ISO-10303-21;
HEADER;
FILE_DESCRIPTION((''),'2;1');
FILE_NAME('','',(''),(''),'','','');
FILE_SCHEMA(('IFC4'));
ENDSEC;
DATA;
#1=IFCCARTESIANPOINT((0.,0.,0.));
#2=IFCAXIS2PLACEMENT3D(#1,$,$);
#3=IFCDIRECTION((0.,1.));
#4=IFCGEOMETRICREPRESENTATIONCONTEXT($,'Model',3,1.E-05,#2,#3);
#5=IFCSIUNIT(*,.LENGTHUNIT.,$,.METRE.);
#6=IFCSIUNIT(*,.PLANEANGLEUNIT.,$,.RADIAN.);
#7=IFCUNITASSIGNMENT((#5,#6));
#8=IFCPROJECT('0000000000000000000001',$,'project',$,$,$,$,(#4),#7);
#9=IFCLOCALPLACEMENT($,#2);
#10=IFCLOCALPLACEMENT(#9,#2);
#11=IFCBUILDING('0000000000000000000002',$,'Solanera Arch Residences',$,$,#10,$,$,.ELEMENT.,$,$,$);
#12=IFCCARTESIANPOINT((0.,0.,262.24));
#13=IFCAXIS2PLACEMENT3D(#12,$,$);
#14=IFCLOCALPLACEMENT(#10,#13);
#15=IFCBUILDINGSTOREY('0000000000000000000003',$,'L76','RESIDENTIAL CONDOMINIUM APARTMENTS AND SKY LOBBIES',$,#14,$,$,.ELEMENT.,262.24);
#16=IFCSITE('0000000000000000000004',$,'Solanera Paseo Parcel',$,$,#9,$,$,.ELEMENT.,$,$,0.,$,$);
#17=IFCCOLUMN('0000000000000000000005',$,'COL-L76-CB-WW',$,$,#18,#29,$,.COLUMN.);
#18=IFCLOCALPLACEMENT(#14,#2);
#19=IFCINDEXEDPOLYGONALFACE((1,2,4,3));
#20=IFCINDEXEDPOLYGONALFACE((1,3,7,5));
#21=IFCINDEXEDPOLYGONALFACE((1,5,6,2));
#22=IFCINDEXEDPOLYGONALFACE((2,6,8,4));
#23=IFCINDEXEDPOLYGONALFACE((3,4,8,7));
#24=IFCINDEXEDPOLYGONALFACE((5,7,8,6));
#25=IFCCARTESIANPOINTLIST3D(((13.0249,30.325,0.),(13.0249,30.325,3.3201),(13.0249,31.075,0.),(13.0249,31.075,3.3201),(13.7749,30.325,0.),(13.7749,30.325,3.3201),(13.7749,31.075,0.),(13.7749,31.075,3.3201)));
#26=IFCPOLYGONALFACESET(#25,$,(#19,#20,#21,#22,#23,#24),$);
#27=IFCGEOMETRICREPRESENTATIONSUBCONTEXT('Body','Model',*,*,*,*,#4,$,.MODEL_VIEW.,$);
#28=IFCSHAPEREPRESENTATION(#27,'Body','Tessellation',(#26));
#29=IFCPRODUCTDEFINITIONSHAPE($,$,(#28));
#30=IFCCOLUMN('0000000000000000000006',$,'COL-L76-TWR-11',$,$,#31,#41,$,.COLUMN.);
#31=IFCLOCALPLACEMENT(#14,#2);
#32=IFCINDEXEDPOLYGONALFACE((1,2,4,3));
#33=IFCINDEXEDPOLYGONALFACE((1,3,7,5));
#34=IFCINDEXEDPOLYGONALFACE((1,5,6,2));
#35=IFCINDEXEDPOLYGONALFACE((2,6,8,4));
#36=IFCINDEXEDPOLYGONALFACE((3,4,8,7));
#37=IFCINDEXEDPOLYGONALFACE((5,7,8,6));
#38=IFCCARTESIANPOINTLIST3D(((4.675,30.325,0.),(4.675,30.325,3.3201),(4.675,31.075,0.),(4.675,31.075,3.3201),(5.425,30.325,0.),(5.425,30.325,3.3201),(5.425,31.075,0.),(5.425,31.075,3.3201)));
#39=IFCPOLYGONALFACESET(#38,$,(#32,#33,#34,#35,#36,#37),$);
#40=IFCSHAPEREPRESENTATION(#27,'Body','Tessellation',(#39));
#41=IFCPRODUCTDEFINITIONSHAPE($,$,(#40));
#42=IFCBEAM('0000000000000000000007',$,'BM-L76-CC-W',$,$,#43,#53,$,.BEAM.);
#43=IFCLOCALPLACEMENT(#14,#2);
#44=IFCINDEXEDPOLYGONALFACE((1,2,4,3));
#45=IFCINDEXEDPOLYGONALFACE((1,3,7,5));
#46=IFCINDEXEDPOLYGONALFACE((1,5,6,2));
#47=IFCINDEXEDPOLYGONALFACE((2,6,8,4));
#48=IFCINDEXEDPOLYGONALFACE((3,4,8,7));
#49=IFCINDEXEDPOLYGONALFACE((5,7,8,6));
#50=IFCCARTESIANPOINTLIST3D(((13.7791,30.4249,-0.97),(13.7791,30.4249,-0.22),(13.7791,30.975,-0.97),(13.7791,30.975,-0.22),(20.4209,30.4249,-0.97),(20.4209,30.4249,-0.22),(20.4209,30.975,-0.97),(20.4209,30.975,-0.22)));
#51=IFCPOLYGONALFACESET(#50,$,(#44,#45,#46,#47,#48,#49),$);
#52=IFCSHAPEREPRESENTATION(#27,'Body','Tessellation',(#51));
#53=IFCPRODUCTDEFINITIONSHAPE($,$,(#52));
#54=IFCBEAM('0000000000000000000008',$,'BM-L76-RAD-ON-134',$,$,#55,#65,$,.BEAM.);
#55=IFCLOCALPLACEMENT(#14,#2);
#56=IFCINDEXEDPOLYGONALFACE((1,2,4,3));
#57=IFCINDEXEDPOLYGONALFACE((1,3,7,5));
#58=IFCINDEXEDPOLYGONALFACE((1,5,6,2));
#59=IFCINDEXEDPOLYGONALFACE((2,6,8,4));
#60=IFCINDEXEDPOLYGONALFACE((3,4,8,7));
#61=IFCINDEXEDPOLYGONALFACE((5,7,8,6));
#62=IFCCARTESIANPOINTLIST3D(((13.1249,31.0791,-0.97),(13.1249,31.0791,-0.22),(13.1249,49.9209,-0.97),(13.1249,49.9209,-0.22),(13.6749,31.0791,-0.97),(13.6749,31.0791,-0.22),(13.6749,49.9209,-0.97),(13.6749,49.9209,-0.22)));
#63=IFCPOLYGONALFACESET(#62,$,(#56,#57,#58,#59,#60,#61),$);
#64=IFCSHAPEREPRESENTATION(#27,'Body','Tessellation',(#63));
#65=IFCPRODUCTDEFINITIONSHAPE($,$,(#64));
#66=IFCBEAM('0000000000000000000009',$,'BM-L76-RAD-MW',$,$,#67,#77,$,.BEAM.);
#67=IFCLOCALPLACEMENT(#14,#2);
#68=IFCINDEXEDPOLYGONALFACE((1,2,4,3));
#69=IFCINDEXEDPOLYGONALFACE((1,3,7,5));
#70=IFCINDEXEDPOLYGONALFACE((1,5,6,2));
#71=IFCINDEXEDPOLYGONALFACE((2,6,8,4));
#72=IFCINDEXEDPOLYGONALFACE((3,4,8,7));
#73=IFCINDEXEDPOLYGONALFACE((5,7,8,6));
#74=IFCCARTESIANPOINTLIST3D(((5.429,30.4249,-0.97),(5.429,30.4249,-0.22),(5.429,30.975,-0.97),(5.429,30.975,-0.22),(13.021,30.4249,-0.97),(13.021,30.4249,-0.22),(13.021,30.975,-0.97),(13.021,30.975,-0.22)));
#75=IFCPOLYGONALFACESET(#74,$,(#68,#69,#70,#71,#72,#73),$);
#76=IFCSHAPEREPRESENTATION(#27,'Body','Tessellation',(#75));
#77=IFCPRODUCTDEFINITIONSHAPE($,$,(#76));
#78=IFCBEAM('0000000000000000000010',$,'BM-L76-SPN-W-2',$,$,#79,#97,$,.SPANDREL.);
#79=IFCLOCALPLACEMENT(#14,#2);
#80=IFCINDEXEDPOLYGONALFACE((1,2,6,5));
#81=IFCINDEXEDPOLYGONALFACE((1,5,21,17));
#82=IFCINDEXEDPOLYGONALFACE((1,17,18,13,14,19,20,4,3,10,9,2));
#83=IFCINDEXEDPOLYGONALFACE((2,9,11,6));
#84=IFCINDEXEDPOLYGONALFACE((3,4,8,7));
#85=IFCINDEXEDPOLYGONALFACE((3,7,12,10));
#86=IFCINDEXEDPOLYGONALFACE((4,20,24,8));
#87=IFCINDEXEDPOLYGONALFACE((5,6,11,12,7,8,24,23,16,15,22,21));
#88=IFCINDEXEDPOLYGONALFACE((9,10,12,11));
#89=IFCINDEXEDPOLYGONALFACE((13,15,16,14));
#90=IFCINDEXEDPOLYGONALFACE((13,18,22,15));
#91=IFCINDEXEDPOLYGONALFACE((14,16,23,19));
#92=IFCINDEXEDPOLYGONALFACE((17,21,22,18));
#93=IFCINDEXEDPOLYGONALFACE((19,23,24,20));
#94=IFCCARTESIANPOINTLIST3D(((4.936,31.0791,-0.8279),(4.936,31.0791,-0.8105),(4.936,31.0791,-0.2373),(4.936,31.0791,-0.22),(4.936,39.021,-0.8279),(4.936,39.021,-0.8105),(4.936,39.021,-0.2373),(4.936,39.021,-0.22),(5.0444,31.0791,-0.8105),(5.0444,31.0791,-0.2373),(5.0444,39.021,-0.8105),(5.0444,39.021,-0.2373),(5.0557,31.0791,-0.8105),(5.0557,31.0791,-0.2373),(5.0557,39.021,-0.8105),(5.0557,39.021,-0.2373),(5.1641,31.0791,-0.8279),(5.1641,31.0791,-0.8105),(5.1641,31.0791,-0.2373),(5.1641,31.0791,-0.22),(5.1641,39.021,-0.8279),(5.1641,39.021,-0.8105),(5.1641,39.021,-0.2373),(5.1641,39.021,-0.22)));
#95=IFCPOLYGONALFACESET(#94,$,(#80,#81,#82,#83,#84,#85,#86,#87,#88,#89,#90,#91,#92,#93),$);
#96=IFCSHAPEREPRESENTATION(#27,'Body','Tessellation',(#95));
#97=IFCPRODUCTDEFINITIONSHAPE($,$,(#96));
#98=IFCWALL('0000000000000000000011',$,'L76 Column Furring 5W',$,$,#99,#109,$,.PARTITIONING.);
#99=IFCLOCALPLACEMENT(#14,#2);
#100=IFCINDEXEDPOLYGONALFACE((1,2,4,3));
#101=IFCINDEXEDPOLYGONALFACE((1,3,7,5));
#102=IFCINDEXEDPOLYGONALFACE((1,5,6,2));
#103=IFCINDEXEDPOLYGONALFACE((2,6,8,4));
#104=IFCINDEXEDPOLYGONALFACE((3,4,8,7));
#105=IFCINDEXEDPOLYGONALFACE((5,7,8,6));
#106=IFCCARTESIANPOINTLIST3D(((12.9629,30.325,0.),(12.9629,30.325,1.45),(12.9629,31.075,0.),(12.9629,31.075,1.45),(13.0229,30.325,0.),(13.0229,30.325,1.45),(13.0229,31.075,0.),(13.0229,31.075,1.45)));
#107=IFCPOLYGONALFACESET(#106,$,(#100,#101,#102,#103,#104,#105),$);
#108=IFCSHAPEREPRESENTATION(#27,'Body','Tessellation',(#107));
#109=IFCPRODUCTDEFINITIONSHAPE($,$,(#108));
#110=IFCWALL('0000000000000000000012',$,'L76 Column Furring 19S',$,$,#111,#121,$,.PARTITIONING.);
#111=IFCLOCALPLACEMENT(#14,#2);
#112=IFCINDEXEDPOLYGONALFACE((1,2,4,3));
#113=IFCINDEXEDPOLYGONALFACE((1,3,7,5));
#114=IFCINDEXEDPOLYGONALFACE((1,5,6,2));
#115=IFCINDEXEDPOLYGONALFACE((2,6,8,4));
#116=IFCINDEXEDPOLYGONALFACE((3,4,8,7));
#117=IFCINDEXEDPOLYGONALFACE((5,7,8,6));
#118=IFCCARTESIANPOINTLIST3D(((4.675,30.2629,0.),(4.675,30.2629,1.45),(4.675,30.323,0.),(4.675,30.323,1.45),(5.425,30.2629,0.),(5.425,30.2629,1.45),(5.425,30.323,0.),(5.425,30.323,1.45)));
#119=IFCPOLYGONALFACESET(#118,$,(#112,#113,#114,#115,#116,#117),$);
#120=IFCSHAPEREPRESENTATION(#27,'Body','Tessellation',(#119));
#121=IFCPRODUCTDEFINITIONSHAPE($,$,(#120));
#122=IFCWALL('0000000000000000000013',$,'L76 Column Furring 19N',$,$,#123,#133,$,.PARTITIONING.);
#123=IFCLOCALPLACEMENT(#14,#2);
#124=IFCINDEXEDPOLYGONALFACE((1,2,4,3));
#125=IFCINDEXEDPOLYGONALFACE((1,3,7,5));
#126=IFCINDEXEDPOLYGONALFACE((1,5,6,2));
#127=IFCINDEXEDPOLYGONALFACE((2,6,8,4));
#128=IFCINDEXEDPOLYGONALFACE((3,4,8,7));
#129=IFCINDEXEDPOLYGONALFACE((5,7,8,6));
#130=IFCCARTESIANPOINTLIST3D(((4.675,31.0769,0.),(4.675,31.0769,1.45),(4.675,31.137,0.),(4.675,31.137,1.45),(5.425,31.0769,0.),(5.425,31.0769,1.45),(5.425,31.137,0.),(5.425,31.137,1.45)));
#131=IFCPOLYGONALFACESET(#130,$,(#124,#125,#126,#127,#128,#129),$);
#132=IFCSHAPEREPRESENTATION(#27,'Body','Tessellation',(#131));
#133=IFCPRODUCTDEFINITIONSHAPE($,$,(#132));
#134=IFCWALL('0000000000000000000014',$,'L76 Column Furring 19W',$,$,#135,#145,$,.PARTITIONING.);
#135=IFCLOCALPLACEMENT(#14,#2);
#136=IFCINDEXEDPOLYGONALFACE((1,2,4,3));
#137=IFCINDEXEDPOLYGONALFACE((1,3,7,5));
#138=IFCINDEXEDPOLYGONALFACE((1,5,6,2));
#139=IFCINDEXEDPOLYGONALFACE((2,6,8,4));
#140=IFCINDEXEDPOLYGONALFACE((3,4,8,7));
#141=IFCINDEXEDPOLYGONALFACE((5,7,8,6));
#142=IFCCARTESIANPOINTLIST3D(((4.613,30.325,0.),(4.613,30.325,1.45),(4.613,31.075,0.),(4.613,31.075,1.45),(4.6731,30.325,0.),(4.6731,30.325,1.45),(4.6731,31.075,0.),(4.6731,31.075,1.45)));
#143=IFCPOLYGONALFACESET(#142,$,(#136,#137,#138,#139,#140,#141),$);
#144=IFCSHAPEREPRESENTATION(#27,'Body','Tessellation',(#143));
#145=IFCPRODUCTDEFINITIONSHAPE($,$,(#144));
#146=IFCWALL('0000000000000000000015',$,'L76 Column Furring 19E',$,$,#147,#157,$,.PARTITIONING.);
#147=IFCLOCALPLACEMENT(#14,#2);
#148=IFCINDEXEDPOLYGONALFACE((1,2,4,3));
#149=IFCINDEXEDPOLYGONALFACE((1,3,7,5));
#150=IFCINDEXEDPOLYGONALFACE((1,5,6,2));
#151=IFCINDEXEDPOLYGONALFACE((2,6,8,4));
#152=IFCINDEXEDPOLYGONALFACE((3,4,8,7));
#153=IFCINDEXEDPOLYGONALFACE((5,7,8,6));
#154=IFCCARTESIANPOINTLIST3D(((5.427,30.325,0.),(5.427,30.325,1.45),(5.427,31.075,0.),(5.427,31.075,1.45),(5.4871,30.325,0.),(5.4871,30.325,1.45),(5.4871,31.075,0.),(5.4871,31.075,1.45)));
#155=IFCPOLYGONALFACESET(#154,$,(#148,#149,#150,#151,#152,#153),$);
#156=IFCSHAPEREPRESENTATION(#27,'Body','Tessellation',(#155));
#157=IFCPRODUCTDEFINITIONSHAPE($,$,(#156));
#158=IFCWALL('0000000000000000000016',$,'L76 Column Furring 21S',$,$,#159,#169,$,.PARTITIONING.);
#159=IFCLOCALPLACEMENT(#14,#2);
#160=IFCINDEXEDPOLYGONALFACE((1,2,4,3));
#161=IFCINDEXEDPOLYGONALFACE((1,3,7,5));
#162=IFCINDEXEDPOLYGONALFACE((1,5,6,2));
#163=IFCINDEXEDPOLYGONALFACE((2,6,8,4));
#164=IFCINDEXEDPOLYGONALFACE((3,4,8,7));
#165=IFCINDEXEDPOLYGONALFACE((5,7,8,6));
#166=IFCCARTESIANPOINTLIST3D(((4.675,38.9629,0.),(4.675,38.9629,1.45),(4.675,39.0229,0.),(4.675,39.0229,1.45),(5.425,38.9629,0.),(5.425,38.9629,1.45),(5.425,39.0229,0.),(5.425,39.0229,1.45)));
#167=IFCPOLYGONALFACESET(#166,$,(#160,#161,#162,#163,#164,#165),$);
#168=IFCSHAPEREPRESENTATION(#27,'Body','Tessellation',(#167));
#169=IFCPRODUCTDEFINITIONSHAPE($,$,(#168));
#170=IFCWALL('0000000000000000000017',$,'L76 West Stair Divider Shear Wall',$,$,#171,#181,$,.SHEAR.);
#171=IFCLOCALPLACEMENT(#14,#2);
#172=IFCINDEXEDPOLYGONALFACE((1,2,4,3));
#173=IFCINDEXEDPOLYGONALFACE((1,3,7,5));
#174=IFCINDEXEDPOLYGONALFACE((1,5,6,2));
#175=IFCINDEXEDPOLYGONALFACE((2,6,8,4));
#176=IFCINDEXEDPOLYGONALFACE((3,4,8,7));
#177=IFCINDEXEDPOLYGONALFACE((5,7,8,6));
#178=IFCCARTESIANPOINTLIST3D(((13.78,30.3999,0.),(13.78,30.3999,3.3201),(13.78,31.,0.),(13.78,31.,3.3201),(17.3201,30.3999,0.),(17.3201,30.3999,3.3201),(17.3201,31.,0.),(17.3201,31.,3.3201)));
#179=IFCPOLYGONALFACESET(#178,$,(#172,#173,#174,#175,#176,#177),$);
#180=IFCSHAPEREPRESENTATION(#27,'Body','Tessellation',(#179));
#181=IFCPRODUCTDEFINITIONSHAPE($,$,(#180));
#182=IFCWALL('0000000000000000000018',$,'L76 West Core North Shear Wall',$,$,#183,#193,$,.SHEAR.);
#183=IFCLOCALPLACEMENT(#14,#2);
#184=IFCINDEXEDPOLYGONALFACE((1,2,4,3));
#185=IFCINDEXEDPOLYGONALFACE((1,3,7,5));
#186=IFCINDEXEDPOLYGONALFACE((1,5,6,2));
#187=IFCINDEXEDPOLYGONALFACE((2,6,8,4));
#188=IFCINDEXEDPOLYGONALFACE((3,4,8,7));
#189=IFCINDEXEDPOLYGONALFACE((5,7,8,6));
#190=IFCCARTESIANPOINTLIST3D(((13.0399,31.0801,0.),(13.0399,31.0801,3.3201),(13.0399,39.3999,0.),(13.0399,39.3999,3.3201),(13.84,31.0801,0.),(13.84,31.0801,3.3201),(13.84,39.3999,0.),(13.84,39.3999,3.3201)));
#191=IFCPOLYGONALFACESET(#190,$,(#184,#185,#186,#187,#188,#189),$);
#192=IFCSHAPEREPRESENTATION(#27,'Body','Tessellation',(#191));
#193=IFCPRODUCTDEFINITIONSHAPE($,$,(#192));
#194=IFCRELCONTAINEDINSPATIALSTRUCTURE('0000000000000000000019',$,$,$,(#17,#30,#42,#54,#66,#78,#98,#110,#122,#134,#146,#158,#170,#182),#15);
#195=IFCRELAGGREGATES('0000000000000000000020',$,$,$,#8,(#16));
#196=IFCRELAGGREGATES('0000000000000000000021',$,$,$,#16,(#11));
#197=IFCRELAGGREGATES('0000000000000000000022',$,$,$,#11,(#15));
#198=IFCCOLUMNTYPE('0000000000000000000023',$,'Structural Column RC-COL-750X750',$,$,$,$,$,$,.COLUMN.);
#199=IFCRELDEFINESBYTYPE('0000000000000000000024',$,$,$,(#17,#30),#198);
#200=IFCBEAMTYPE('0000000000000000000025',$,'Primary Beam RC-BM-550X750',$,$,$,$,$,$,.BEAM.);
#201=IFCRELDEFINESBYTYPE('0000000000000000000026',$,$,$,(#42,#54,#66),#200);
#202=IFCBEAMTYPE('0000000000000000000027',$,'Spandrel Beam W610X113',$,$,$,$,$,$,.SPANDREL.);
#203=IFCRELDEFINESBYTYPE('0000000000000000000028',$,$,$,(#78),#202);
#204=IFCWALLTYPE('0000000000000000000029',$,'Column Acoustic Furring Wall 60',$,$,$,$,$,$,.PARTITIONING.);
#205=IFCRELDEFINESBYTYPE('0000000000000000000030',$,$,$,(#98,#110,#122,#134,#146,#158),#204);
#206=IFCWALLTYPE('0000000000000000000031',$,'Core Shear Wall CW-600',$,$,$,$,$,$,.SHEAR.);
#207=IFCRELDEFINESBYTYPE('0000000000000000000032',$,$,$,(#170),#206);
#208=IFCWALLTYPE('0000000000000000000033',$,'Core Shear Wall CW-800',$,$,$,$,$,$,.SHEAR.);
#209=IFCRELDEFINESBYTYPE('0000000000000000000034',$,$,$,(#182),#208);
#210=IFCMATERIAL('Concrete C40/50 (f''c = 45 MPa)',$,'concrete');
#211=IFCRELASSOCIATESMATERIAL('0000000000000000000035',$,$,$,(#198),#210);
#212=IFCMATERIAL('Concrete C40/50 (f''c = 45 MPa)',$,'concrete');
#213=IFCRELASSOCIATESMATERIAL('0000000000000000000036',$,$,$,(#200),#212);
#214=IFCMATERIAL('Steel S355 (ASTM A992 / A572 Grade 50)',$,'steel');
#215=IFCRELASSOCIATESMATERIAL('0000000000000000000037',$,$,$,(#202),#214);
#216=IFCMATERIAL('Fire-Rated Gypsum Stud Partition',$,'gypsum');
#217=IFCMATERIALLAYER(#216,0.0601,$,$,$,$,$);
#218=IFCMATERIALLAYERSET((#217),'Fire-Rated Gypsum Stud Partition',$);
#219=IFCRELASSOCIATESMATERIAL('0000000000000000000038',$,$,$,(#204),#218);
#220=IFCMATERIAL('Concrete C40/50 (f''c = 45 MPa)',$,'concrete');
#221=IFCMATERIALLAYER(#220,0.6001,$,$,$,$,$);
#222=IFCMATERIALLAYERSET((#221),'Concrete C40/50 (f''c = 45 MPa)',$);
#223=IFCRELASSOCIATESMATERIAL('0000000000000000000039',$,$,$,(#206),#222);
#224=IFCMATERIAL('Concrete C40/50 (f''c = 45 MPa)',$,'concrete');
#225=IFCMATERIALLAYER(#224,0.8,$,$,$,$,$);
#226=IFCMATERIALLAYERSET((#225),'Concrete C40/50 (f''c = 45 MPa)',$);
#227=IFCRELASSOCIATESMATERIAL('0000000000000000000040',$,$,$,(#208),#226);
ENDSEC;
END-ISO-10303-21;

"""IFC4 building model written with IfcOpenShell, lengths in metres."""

from ifc_helpers import new_model, si_unit, direction, frame, frame_2d, origin, origin_2d, place, context, subcontext, project, spatial, rectangle, i_section, extrude, material, layer, layer_set, material_profile, profile_set, type_object, element, save


model = new_model("IFC4")

# Units and contexts
model_context = context("Model", 3, precision=1e-05, world=origin(), true_north=direction((0.0, 1.0)))
body_context = subcontext(model_context, "Body", "Model", "MODEL_VIEW")
ifc_project = project(units=[si_unit("LENGTHUNIT", "METRE"), si_unit("PLANEANGLEUNIT", "RADIAN")], contexts=[model_context])

# Site, building, storey
site_placement = place(None, origin())
site = spatial("IfcSite", under=ifc_project, at=site_placement, Name="Solanera Paseo Parcel", CompositionType="ELEMENT", RefElevation=0.0)
building_placement = place(site_placement, origin())
building = spatial("IfcBuilding", under=site, at=building_placement, Name="Solanera Arch Residences", CompositionType="ELEMENT")
storey_placement = place(building_placement, frame((0.0, 0.0, 262.24)))
storey = spatial("IfcBuildingStorey", under=building, at=storey_placement, Name="L76", Description="RESIDENTIAL CONDOMINIUM APARTMENTS AND SKY LOBBIES", CompositionType="ELEMENT", Elevation=262.24)

# Columns
ifc_material_1 = material(Name="Concrete C40/50 (f'c = 45 MPa)", Category="concrete")
ifc_material_profile_1 = material_profile(ifc_material_1, rectangle(XDim=0.75, YDim=0.75, at=origin_2d()))
ifc_profile_set_1 = profile_set([ifc_material_profile_1], Name="Concrete C40/50 (f'c = 45 MPa)")
column_type = type_object("IfcColumnType", Name="Structural Column RC-COL-750X750", PredefinedType="COLUMN", material=ifc_profile_set_1)
for number, where, z_axis, x_axis, name in (
    (1, (13.3999, 30.7, 0.0), (0.0, 0.0, 1.0), (1.0, 0.0, 0.0), "COL-L76-CB-WW"),
    (2, (5.05, 30.7, 0.0), (0.0, 0.0, 1.0), (1.0, 0.0, 0.0), "COL-L76-TWR-11"),
):
    element("IfcColumn", number, at=place(storey_placement, frame(where, z_axis=z_axis, x_axis=x_axis)), inside=storey, type_object=column_type, Name=name, PredefinedType="COLUMN", context=body_context, shape_type="SweptSolid", body=[
        extrude(rectangle(XDim=0.75, YDim=0.75, at=origin_2d()), origin(), (0.0, 0.0, 1.0), 3.3201),
    ])

# Beams
ifc_material_2 = material(Name="Concrete C40/50 (f'c = 45 MPa)", Category="concrete")
ifc_material_profile_2 = material_profile(ifc_material_2, rectangle(XDim=0.55, YDim=0.75, at=origin_2d()))
ifc_profile_set_2 = profile_set([ifc_material_profile_2], Name="Concrete C40/50 (f'c = 45 MPa)")
beam_type_1 = type_object("IfcBeamType", Name="Primary Beam RC-BM-550X750", PredefinedType="BEAM", material=ifc_profile_set_2)
beam_1_placement = place(storey_placement, frame((13.7791, 30.7, -0.595), z_axis=(1.0, 0.0, 0.0), x_axis=(0.0, 1.0, 0.0)))
element("IfcBeam", 3, at=beam_1_placement, inside=storey, type_object=beam_type_1, Name="BM-L76-CC-W", PredefinedType="BEAM", context=body_context, shape_type="SweptSolid", body=[
    extrude(rectangle(XDim=0.55, YDim=0.75, at=origin_2d()), origin(), (0.0, 0.0, 1.0), 6.6418),
])
beam_2_placement = place(storey_placement, frame((13.3999, 31.0791, -0.595), z_axis=(0.0, 1.0, 0.0), x_axis=(-1.0, 0.0, 0.0)))
element("IfcBeam", 4, at=beam_2_placement, inside=storey, type_object=beam_type_1, Name="BM-L76-RAD-ON-134", PredefinedType="BEAM", context=body_context, shape_type="SweptSolid", body=[
    extrude(rectangle(XDim=0.55, YDim=0.75, at=origin_2d()), origin(), (0.0, 0.0, 1.0), 18.8418),
])
beam_3_placement = place(storey_placement, frame((5.429, 30.7, -0.595), z_axis=(1.0, 0.0, 0.0), x_axis=(0.0, 1.0, 0.0)))
element("IfcBeam", 5, at=beam_3_placement, inside=storey, type_object=beam_type_1, Name="BM-L76-RAD-MW", PredefinedType="BEAM", context=body_context, shape_type="SweptSolid", body=[
    extrude(rectangle(XDim=0.55, YDim=0.75, at=origin_2d()), origin(), (0.0, 0.0, 1.0), 7.592),
])
ifc_material_3 = material(Name="Steel S355 (ASTM A992 / A572 Grade 50)", Category="steel")
ifc_material_profile_3 = material_profile(ifc_material_3, i_section(OverallWidth=0.228, OverallDepth=0.6079, WebThickness=0.0112, FlangeThickness=0.0173, at=origin_2d()))
ifc_profile_set_3 = profile_set([ifc_material_profile_3], Name="Steel S355 (ASTM A992 / A572 Grade 50)")
beam_type_2 = type_object("IfcBeamType", Name="Spandrel Beam W610X113", PredefinedType="SPANDREL", material=ifc_profile_set_3)
beam_4_placement = place(storey_placement, frame((5.05, 31.0791, -0.5239), z_axis=(0.0, 1.0, 0.0), x_axis=(-1.0, 0.0, 0.0)))
element("IfcBeam", 6, at=beam_4_placement, inside=storey, type_object=beam_type_2, Name="BM-L76-SPN-W-2", PredefinedType="SPANDREL", context=body_context, shape_type="SweptSolid", body=[
    extrude(i_section(OverallWidth=0.228, OverallDepth=0.6079, WebThickness=0.0112, FlangeThickness=0.0173, at=origin_2d()), origin(), (0.0, 0.0, 1.0), 7.9419),
])

# Walls
ifc_material_4 = material(Name="Fire-Rated Gypsum Stud Partition", Category="gypsum")
ifc_layer_1 = layer(ifc_material_4, 0.0601)
ifc_layer_set_1 = layer_set([ifc_layer_1], Name="Fire-Rated Gypsum Stud Partition")
wall_type_1 = type_object("IfcWallType", Name="Column Acoustic Furring Wall 60", PredefinedType="PARTITIONING", material=ifc_layer_set_1)
for number, where, z_axis, x_axis, name in (
    (7, (12.9929, 30.325, 0.0), (0.0, 0.0, 1.0), (0.0, 1.0, 0.0), "L76 Column Furring 5W"),
    (8, (4.675, 30.293, 0.0), (0.0, 0.0, 1.0), (1.0, 0.0, 0.0), "L76 Column Furring 19S"),
    (9, (4.675, 31.1069, 0.0), (0.0, 0.0, 1.0), (1.0, 0.0, 0.0), "L76 Column Furring 19N"),
    (10, (4.6431, 30.325, 0.0), (0.0, 0.0, 1.0), (0.0, 1.0, 0.0), "L76 Column Furring 19W"),
    (11, (5.457, 30.325, 0.0), (0.0, 0.0, 1.0), (0.0, 1.0, 0.0), "L76 Column Furring 19E"),
    (12, (4.675, 38.9929, 0.0), (0.0, 0.0, 1.0), (1.0, 0.0, 0.0), "L76 Column Furring 21S"),
):
    element("IfcWall", number, at=place(storey_placement, frame(where, z_axis=z_axis, x_axis=x_axis)), inside=storey, type_object=wall_type_1, Name=name, PredefinedType="PARTITIONING", context=body_context, shape_type="SweptSolid", body=[
        extrude(rectangle(XDim=0.75, YDim=0.0601, at=frame_2d((0.375, 0.0))), origin(), (0.0, 0.0, 1.0), 1.45),
    ])
ifc_material_5 = material(Name="Concrete C40/50 (f'c = 45 MPa)", Category="concrete")
ifc_layer_2 = layer(ifc_material_5, 0.6001)
ifc_layer_set_2 = layer_set([ifc_layer_2], Name="Concrete C40/50 (f'c = 45 MPa)")
wall_type_2 = type_object("IfcWallType", Name="Core Shear Wall CW-600", PredefinedType="SHEAR", material=ifc_layer_set_2)
wall_1_placement = place(storey_placement, frame((13.78, 30.7, 0.0), z_axis=(0.0, 0.0, 1.0), x_axis=(1.0, 0.0, 0.0)))
element("IfcWall", 13, at=wall_1_placement, inside=storey, type_object=wall_type_2, Name="L76 West Stair Divider Shear Wall", PredefinedType="SHEAR", context=body_context, shape_type="SweptSolid", body=[
    extrude(rectangle(XDim=3.54, YDim=0.6001, at=frame_2d((1.77, 0.0))), origin(), (0.0, 0.0, 1.0), 3.3201),
])
ifc_material_6 = material(Name="Concrete C40/50 (f'c = 45 MPa)", Category="concrete")
ifc_layer_3 = layer(ifc_material_6, 0.8)
ifc_layer_set_3 = layer_set([ifc_layer_3], Name="Concrete C40/50 (f'c = 45 MPa)")
wall_type_3 = type_object("IfcWallType", Name="Core Shear Wall CW-800", PredefinedType="SHEAR", material=ifc_layer_set_3)
wall_2_placement = place(storey_placement, frame((13.4399, 31.0801, 0.0), z_axis=(0.0, 0.0, 1.0), x_axis=(0.0, 1.0, 0.0)))
element("IfcWall", 14, at=wall_2_placement, inside=storey, type_object=wall_type_3, Name="L76 West Core North Shear Wall", PredefinedType="SHEAR", context=body_context, shape_type="SweptSolid", body=[
    extrude(rectangle(XDim=8.3198, YDim=0.8, at=frame_2d((4.1599, 0.0))), origin(), (0.0, 0.0, 1.0), 3.3201),
])

save(model, "model.ifc")
